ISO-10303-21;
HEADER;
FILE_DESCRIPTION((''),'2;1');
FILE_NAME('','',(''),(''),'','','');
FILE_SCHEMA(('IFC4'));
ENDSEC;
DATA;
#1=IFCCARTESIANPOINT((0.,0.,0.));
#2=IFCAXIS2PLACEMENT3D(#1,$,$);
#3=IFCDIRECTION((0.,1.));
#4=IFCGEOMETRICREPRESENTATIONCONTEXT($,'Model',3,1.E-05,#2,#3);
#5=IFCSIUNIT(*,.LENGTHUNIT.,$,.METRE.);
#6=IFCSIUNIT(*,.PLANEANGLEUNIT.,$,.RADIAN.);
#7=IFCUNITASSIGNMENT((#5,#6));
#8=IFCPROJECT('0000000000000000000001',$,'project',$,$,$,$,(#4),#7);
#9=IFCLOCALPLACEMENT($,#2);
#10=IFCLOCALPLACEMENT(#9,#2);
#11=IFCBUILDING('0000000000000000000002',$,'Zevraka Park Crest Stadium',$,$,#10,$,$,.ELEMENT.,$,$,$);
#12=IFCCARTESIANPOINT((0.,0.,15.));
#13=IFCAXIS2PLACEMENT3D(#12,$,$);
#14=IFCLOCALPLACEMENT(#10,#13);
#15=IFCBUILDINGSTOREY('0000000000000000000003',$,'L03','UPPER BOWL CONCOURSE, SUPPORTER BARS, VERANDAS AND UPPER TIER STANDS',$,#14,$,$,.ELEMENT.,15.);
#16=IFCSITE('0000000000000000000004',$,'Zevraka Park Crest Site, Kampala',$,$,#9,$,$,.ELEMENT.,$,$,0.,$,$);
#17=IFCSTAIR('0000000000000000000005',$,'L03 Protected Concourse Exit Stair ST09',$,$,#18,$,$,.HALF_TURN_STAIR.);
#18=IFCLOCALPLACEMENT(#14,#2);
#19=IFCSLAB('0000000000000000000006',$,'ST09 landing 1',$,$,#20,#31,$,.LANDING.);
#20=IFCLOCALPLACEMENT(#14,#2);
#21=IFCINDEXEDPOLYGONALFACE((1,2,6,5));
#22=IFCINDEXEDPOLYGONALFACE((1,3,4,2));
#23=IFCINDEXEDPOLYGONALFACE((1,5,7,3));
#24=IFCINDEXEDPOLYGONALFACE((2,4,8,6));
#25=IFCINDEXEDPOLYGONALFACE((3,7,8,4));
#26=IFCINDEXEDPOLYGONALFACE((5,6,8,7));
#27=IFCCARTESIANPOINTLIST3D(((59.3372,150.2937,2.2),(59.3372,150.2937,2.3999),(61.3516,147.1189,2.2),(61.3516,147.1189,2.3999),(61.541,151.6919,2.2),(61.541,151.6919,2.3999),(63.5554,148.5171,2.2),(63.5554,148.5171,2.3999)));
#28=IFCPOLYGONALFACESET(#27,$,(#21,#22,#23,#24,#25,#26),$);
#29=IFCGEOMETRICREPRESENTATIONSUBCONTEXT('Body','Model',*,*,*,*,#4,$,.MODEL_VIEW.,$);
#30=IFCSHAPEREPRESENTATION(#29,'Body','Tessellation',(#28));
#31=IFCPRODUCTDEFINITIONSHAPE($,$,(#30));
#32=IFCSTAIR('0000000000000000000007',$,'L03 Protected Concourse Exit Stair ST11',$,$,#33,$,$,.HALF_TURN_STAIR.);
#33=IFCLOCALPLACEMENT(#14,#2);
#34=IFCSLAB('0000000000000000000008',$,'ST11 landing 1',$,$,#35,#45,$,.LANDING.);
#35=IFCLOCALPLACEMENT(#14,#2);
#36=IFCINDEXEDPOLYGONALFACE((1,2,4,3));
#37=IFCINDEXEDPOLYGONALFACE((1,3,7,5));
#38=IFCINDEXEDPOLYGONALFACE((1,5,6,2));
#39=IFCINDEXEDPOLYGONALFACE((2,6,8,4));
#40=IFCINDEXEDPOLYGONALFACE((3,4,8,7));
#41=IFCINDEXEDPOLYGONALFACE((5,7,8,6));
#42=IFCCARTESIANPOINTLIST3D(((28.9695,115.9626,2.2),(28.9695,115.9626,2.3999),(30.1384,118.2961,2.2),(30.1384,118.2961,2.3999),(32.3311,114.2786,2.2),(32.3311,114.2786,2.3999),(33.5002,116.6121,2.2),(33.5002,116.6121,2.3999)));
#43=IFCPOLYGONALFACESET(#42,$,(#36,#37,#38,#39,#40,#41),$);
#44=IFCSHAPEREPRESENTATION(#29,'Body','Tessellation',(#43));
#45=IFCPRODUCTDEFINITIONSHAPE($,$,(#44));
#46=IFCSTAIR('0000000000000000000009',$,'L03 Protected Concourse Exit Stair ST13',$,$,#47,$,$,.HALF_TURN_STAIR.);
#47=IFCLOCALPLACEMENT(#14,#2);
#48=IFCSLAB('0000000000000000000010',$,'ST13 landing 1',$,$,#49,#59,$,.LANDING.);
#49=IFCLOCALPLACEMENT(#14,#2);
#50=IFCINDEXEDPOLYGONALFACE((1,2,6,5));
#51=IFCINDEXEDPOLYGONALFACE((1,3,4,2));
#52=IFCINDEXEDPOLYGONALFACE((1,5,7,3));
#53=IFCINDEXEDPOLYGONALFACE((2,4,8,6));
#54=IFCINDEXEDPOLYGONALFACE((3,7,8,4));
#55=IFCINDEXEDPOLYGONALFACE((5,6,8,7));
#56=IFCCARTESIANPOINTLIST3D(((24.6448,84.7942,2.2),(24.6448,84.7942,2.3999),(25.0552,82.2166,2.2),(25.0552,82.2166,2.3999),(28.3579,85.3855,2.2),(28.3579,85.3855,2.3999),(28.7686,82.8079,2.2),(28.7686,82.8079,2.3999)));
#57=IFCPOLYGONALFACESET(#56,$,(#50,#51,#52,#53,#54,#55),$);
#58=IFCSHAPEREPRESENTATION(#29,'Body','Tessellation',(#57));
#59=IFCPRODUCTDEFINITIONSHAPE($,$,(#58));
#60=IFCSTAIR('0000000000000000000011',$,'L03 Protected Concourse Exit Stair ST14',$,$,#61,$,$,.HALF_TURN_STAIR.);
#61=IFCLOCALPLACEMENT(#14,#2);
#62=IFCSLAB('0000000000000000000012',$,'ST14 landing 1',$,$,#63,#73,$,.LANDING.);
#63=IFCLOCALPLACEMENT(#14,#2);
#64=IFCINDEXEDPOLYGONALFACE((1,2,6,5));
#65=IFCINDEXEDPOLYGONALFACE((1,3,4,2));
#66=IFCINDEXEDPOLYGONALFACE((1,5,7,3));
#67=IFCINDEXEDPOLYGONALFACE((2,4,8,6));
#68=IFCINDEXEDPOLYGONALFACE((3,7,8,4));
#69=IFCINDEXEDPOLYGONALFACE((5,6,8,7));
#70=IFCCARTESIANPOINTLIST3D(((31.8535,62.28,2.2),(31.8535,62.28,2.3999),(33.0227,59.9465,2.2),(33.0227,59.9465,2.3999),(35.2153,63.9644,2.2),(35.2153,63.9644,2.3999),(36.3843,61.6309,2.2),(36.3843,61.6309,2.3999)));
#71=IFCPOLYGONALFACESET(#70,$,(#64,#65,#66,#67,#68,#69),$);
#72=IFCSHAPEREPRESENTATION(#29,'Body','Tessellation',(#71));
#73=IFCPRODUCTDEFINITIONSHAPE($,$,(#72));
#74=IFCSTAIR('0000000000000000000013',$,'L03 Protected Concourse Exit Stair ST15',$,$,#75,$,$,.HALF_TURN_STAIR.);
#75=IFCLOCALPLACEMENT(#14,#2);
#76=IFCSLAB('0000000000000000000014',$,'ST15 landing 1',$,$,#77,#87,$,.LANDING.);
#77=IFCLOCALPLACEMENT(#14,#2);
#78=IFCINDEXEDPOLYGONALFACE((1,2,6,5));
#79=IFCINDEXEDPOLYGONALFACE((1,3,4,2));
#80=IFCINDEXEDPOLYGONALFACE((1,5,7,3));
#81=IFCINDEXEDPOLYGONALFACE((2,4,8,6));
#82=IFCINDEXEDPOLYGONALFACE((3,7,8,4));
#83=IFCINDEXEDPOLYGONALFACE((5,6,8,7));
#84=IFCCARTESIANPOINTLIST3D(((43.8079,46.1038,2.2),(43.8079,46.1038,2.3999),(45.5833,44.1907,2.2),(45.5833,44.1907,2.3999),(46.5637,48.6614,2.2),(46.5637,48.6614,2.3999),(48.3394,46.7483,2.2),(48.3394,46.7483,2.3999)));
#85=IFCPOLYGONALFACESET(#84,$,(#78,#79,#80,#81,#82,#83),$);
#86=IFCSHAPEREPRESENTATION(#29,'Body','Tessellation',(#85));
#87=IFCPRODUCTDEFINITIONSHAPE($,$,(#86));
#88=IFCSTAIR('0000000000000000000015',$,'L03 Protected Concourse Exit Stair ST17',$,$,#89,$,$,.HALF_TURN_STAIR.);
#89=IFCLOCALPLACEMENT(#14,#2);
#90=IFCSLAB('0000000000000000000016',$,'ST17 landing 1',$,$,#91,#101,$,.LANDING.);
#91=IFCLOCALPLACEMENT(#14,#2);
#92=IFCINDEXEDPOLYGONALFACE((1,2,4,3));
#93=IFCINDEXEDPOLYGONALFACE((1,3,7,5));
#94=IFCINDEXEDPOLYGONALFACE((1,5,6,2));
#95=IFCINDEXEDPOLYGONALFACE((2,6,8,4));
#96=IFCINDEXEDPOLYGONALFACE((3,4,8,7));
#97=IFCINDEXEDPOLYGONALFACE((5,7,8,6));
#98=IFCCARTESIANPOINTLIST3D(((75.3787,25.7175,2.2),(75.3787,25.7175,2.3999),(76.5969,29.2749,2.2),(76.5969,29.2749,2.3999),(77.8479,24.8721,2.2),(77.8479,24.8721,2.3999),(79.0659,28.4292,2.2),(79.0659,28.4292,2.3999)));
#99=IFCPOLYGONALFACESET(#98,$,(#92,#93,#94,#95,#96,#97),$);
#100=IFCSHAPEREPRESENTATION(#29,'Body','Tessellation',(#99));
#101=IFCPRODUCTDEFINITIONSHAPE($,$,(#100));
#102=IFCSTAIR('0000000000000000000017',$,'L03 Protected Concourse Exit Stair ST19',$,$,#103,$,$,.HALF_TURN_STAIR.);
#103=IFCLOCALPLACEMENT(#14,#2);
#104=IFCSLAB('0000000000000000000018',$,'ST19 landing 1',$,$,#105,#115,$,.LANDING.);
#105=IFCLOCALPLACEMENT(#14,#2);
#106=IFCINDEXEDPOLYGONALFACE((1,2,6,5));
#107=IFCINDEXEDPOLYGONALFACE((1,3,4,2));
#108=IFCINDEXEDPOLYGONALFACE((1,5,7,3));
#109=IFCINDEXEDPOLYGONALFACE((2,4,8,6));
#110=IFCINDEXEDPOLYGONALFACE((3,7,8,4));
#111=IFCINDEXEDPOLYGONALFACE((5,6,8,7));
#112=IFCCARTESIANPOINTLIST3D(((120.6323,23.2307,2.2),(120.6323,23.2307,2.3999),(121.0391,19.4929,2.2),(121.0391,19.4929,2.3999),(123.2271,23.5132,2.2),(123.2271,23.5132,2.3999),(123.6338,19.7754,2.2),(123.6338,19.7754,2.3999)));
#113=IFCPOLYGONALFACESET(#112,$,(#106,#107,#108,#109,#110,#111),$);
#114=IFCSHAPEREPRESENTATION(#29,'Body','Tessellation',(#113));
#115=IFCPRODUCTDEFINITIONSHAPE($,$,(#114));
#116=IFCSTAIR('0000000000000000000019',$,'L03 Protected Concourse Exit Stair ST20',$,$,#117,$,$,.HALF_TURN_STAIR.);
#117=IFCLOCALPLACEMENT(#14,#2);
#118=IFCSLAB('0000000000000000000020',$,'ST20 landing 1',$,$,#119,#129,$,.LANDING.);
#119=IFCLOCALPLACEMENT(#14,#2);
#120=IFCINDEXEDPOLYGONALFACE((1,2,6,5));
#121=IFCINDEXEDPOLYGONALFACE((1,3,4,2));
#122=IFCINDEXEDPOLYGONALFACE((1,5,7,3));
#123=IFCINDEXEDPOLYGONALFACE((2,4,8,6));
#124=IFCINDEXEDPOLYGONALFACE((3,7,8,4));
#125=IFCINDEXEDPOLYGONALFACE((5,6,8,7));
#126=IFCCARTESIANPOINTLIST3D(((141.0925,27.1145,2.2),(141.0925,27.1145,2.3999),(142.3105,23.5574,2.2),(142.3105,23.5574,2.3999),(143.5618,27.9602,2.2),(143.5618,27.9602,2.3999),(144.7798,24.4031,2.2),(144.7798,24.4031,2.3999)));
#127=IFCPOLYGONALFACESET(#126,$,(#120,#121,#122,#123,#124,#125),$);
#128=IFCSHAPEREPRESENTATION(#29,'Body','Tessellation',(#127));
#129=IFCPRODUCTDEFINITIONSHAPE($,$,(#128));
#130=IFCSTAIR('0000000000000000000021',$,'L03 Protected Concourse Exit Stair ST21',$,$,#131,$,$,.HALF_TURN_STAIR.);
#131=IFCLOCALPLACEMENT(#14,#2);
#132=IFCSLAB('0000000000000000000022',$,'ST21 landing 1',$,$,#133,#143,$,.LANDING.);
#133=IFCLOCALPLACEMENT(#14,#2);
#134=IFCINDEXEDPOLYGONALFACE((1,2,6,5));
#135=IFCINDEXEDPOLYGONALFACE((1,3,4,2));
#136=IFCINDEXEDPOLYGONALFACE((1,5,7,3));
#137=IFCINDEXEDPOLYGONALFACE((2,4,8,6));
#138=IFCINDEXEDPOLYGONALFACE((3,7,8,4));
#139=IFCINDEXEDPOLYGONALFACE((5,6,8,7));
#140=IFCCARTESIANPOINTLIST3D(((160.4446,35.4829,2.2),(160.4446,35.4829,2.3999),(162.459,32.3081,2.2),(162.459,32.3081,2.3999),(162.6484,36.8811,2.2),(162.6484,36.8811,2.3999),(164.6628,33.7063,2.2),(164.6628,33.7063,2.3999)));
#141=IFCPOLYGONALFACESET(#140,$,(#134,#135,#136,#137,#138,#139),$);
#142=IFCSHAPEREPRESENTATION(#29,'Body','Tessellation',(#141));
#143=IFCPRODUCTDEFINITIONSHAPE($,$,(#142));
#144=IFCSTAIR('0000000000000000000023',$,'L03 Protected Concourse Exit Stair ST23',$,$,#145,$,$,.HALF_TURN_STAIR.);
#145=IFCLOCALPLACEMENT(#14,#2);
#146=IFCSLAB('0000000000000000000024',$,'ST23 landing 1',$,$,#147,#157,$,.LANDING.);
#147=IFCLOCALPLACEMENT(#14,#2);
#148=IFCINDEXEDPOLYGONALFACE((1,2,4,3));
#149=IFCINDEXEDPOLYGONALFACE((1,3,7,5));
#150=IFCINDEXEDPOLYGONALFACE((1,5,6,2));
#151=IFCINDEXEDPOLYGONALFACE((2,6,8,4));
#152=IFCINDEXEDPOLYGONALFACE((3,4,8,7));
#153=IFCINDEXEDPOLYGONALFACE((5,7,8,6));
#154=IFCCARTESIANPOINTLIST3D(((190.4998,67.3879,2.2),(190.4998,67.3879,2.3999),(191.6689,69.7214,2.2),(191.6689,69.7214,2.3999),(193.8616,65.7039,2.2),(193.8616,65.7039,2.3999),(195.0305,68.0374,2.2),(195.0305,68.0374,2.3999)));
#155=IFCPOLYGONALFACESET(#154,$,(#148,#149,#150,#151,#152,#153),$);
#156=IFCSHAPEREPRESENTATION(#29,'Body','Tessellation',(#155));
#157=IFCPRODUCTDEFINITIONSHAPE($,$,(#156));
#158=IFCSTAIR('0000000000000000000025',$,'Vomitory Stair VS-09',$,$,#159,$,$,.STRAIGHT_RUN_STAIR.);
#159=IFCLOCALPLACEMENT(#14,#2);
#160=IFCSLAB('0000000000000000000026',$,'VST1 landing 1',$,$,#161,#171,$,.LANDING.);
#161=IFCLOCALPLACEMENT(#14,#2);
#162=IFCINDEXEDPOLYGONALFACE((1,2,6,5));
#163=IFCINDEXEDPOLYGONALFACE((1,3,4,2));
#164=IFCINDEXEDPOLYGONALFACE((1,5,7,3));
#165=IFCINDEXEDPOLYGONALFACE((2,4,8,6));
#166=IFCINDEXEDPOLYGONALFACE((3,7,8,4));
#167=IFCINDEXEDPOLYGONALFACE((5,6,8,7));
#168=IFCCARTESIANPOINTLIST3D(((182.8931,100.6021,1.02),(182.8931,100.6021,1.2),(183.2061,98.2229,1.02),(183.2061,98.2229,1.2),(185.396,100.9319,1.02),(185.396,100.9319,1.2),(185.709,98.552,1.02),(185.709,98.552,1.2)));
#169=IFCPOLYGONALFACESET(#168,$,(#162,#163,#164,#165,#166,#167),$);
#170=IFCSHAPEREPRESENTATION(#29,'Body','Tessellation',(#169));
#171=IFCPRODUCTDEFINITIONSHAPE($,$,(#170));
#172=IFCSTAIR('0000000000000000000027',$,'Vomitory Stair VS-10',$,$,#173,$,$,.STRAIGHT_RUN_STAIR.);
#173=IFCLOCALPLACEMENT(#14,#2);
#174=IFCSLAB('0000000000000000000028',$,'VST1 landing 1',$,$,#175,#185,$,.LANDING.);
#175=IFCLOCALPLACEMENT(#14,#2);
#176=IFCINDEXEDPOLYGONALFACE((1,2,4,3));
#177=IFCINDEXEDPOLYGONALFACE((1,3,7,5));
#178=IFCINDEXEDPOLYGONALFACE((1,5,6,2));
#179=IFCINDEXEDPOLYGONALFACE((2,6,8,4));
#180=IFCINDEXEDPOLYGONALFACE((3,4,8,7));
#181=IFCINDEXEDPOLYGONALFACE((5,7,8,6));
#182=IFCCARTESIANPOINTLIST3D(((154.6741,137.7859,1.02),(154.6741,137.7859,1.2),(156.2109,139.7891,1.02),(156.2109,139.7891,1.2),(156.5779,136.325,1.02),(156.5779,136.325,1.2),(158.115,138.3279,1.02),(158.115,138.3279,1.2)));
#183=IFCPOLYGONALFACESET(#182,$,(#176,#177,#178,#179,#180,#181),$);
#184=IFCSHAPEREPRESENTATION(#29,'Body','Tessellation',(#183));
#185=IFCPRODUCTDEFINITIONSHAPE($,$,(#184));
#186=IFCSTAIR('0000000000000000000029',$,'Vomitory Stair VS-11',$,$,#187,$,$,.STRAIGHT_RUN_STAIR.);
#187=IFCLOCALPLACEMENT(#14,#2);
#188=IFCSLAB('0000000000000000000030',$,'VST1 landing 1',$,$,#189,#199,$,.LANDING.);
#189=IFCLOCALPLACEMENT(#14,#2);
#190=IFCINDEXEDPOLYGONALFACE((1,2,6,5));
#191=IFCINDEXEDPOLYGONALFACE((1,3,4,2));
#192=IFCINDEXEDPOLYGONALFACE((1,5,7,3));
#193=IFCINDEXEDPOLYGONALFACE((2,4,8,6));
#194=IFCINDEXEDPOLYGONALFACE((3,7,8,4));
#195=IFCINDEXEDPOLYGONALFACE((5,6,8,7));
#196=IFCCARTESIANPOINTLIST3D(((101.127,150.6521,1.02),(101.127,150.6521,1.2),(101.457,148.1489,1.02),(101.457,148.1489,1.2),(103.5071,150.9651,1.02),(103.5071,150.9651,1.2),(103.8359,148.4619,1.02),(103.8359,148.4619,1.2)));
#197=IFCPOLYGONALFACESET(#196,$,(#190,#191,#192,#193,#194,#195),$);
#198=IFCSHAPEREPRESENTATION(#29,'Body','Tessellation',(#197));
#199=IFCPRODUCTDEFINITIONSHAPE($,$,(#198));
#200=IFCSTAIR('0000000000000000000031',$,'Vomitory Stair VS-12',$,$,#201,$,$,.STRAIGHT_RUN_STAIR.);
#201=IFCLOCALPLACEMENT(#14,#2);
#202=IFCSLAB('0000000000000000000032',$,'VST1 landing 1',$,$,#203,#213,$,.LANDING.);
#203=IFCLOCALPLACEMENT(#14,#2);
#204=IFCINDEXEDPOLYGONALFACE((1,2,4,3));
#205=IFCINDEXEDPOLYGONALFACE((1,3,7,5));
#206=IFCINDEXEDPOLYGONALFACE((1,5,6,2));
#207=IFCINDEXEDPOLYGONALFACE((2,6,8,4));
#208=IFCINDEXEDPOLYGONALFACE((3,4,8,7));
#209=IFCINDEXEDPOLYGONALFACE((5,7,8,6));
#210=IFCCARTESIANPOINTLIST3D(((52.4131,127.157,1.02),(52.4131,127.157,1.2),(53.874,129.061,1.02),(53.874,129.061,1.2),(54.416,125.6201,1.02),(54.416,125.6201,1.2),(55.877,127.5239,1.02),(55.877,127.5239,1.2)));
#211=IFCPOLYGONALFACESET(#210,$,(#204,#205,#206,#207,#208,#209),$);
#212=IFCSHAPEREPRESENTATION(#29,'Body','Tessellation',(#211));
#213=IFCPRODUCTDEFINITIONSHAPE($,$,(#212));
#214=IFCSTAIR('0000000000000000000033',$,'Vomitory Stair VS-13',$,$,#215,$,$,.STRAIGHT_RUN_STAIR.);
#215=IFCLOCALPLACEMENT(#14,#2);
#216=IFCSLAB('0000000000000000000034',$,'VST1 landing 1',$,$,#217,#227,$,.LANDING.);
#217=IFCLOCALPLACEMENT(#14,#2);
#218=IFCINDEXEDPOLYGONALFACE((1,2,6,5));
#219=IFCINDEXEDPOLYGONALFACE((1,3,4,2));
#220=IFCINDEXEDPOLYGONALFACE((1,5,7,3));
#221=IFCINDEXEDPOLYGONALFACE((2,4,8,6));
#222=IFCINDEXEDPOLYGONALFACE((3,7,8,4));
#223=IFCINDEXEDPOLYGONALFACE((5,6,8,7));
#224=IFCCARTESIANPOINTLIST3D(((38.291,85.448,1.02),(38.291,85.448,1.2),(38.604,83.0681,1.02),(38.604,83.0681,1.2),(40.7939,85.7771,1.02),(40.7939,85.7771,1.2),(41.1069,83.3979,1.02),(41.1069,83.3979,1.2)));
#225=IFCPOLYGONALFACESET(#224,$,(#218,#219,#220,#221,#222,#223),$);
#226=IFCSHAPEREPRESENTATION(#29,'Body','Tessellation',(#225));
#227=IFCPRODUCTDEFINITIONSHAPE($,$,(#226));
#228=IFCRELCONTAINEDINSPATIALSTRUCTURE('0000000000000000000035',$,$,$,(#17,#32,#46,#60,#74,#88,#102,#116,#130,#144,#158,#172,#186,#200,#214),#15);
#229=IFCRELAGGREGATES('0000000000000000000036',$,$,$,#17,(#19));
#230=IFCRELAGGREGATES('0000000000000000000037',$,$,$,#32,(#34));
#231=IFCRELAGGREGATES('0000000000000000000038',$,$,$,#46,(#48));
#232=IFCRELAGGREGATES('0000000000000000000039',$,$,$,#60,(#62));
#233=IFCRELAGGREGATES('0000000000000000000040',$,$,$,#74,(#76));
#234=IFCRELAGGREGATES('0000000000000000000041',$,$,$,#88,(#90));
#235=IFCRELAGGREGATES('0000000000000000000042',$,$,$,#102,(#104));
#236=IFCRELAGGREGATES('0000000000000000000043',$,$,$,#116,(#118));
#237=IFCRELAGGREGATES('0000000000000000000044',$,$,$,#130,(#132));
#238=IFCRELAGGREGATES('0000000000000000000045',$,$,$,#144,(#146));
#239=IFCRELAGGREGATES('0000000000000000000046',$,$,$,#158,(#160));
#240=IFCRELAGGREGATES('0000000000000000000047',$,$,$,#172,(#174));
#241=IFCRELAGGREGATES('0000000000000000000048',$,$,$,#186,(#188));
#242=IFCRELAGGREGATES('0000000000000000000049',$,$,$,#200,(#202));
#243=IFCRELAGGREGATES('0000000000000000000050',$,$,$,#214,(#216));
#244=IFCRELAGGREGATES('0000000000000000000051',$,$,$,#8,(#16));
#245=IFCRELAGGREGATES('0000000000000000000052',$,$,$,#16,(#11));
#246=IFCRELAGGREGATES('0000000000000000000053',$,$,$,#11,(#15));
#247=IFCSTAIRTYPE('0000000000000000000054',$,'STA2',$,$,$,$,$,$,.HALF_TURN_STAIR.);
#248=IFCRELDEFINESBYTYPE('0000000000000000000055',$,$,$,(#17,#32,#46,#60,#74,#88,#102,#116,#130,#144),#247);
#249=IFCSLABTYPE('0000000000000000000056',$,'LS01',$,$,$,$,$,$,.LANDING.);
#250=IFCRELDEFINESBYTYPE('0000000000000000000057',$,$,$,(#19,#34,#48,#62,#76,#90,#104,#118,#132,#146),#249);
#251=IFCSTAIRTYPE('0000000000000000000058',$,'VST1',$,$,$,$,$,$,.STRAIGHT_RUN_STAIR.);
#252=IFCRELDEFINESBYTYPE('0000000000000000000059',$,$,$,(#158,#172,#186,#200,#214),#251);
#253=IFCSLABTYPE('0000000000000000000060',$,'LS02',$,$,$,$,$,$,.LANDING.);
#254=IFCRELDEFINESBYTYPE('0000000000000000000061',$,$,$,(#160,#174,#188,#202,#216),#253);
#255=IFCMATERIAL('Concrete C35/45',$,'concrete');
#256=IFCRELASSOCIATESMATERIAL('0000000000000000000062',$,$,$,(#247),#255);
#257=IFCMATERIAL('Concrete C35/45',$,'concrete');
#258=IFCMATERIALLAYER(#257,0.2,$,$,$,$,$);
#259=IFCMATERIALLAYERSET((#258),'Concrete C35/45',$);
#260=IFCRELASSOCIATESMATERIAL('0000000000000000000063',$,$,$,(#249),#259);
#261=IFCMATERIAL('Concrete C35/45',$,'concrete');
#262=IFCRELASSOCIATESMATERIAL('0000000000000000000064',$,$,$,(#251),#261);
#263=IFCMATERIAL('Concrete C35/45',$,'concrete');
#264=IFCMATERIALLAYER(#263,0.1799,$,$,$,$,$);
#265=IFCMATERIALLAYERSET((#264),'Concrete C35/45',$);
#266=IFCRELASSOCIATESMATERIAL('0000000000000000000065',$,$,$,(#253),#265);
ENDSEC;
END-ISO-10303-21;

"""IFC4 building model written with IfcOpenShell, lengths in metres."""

from ifc_helpers import new_model, si_unit, direction, frame, origin, place, context, subcontext, project, spatial, polyline, outline, extrude, material, layer, layer_set, type_object, element, aggregate, save


model = new_model("IFC4")

# Units and contexts
model_context = context("Model", 3, precision=1e-05, world=origin(), true_north=direction((0.0, 1.0)))
body_context = subcontext(model_context, "Body", "Model", "MODEL_VIEW")
ifc_project = project(units=[si_unit("LENGTHUNIT", "METRE"), si_unit("PLANEANGLEUNIT", "RADIAN")], contexts=[model_context])

# Site, building, storey
site_placement = place(None, origin())
site = spatial("IfcSite", under=ifc_project, at=site_placement, Name="Zevraka Park Crest Site, Kampala", CompositionType="ELEMENT", RefElevation=0.0)
building_placement = place(site_placement, origin())
building = spatial("IfcBuilding", under=site, at=building_placement, Name="Zevraka Park Crest Stadium", CompositionType="ELEMENT")
storey_placement = place(building_placement, frame((0.0, 0.0, 15.0)))
storey = spatial("IfcBuildingStorey", under=building, at=storey_placement, Name="L03", Description="UPPER BOWL CONCOURSE, SUPPORTER BARS, VERANDAS AND UPPER TIER STANDS", CompositionType="ELEMENT", Elevation=15.0)

# Stairs, slabs
ifc_material_1 = material(Name="Concrete C35/45", Category="concrete")
stair_type_1 = type_object("IfcStairType", Name="STA2", PredefinedType="HALF_TURN_STAIR", material=ifc_material_1)
ifc_material_2 = material(Name="Concrete C35/45", Category="concrete")
ifc_layer_1 = layer(ifc_material_2, 0.2)
ifc_layer_set_1 = layer_set([ifc_layer_1], Name="Concrete C35/45")
slab_type_1 = type_object("IfcSlabType", Name="LS01", PredefinedType="LANDING", material=ifc_layer_set_1)
stair_1_placement = place(storey_placement, origin())
stair_1 = element("IfcStair", 1, at=stair_1_placement, inside=storey, type_object=stair_type_1, Name="L03 Protected Concourse Exit Stair ST09", PredefinedType="HALF_TURN_STAIR")
slab_1_placement = place(storey_placement, frame((0.0, 0.0, 2.2)))
slab_1 = element("IfcSlab", 2, at=slab_1_placement, type_object=slab_type_1, Name="ST09 landing 1", PredefinedType="LANDING", context=body_context, shape_type="SweptSolid", body=[
    extrude(outline(polyline([(61.541, 151.6919), (59.3372, 150.2937), (61.3516, 147.1189), (63.5554, 148.5171), (61.541, 151.6919)])), origin(), (0.0, 0.0, 1.0), 0.2),
])
aggregate(stair_1, [slab_1])
stair_2_placement = place(storey_placement, origin())
stair_2 = element("IfcStair", 3, at=stair_2_placement, inside=storey, type_object=stair_type_1, Name="L03 Protected Concourse Exit Stair ST11", PredefinedType="HALF_TURN_STAIR")
slab_2_placement = place(storey_placement, frame((0.0, 0.0, 2.2)))
slab_2 = element("IfcSlab", 4, at=slab_2_placement, type_object=slab_type_1, Name="ST11 landing 1", PredefinedType="LANDING", context=body_context, shape_type="SweptSolid", body=[
    extrude(outline(polyline([(30.1384, 118.2961), (28.9695, 115.9626), (32.3311, 114.2786), (33.5002, 116.6121), (30.1384, 118.2961)])), origin(), (0.0, 0.0, 1.0), 0.2),
])
aggregate(stair_2, [slab_2])
stair_3_placement = place(storey_placement, origin())
stair_3 = element("IfcStair", 5, at=stair_3_placement, inside=storey, type_object=stair_type_1, Name="L03 Protected Concourse Exit Stair ST13", PredefinedType="HALF_TURN_STAIR")
slab_3_placement = place(storey_placement, frame((0.0, 0.0, 2.2)))
slab_3 = element("IfcSlab", 6, at=slab_3_placement, type_object=slab_type_1, Name="ST13 landing 1", PredefinedType="LANDING", context=body_context, shape_type="SweptSolid", body=[
    extrude(outline(polyline([(24.6448, 84.7942), (25.0552, 82.2166), (28.7686, 82.8079), (28.3579, 85.3855), (24.6448, 84.7942)])), origin(), (0.0, 0.0, 1.0), 0.2),
])
aggregate(stair_3, [slab_3])
stair_4_placement = place(storey_placement, origin())
stair_4 = element("IfcStair", 7, at=stair_4_placement, inside=storey, type_object=stair_type_1, Name="L03 Protected Concourse Exit Stair ST14", PredefinedType="HALF_TURN_STAIR")
slab_4_placement = place(storey_placement, frame((0.0, 0.0, 2.2)))
slab_4 = element("IfcSlab", 8, at=slab_4_placement, type_object=slab_type_1, Name="ST14 landing 1", PredefinedType="LANDING", context=body_context, shape_type="SweptSolid", body=[
    extrude(outline(polyline([(31.8535, 62.28), (33.0227, 59.9465), (36.3843, 61.6309), (35.2153, 63.9644), (31.8535, 62.28)])), origin(), (0.0, 0.0, 1.0), 0.2),
])
aggregate(stair_4, [slab_4])
stair_5_placement = place(storey_placement, origin())
stair_5 = element("IfcStair", 9, at=stair_5_placement, inside=storey, type_object=stair_type_1, Name="L03 Protected Concourse Exit Stair ST15", PredefinedType="HALF_TURN_STAIR")
slab_5_placement = place(storey_placement, frame((0.0, 0.0, 2.2)))
slab_5 = element("IfcSlab", 10, at=slab_5_placement, type_object=slab_type_1, Name="ST15 landing 1", PredefinedType="LANDING", context=body_context, shape_type="SweptSolid", body=[
    extrude(outline(polyline([(43.8079, 46.1038), (45.5833, 44.1907), (48.3394, 46.7483), (46.5637, 48.6614), (43.8079, 46.1038)])), origin(), (0.0, 0.0, 1.0), 0.2),
])
aggregate(stair_5, [slab_5])
stair_6_placement = place(storey_placement, origin())
stair_6 = element("IfcStair", 11, at=stair_6_placement, inside=storey, type_object=stair_type_1, Name="L03 Protected Concourse Exit Stair ST17", PredefinedType="HALF_TURN_STAIR")
slab_6_placement = place(storey_placement, frame((0.0, 0.0, 2.2)))
slab_6 = element("IfcSlab", 12, at=slab_6_placement, type_object=slab_type_1, Name="ST17 landing 1", PredefinedType="LANDING", context=body_context, shape_type="SweptSolid", body=[
    extrude(outline(polyline([(75.3787, 25.7175), (77.8479, 24.8721), (79.0659, 28.4292), (76.5969, 29.2749), (75.3787, 25.7175)])), origin(), (0.0, 0.0, 1.0), 0.2),
])
aggregate(stair_6, [slab_6])
stair_7_placement = place(storey_placement, origin())
stair_7 = element("IfcStair", 13, at=stair_7_placement, inside=storey, type_object=stair_type_1, Name="L03 Protected Concourse Exit Stair ST19", PredefinedType="HALF_TURN_STAIR")
slab_7_placement = place(storey_placement, frame((0.0, 0.0, 2.2)))
slab_7 = element("IfcSlab", 14, at=slab_7_placement, type_object=slab_type_1, Name="ST19 landing 1", PredefinedType="LANDING", context=body_context, shape_type="SweptSolid", body=[
    extrude(outline(polyline([(121.0391, 19.4929), (123.6338, 19.7754), (123.2271, 23.5132), (120.6323, 23.2307), (121.0391, 19.4929)])), origin(), (0.0, 0.0, 1.0), 0.2),
])
aggregate(stair_7, [slab_7])
stair_8_placement = place(storey_placement, origin())
stair_8 = element("IfcStair", 15, at=stair_8_placement, inside=storey, type_object=stair_type_1, Name="L03 Protected Concourse Exit Stair ST20", PredefinedType="HALF_TURN_STAIR")
slab_8_placement = place(storey_placement, frame((0.0, 0.0, 2.2)))
slab_8 = element("IfcSlab", 16, at=slab_8_placement, type_object=slab_type_1, Name="ST20 landing 1", PredefinedType="LANDING", context=body_context, shape_type="SweptSolid", body=[
    extrude(outline(polyline([(142.3105, 23.5574), (144.7798, 24.4031), (143.5618, 27.9602), (141.0925, 27.1145), (142.3105, 23.5574)])), origin(), (0.0, 0.0, 1.0), 0.2),
])
aggregate(stair_8, [slab_8])
stair_9_placement = place(storey_placement, origin())
stair_9 = element("IfcStair", 17, at=stair_9_placement, inside=storey, type_object=stair_type_1, Name="L03 Protected Concourse Exit Stair ST21", PredefinedType="HALF_TURN_STAIR")
slab_9_placement = place(storey_placement, frame((0.0, 0.0, 2.2)))
slab_9 = element("IfcSlab", 18, at=slab_9_placement, type_object=slab_type_1, Name="ST21 landing 1", PredefinedType="LANDING", context=body_context, shape_type="SweptSolid", body=[
    extrude(outline(polyline([(162.459, 32.3081), (164.6628, 33.7063), (162.6484, 36.8811), (160.4446, 35.4829), (162.459, 32.3081)])), origin(), (0.0, 0.0, 1.0), 0.2),
])
aggregate(stair_9, [slab_9])
stair_10_placement = place(storey_placement, origin())
stair_10 = element("IfcStair", 19, at=stair_10_placement, inside=storey, type_object=stair_type_1, Name="L03 Protected Concourse Exit Stair ST23", PredefinedType="HALF_TURN_STAIR")
slab_10_placement = place(storey_placement, frame((0.0, 0.0, 2.2)))
slab_10 = element("IfcSlab", 20, at=slab_10_placement, type_object=slab_type_1, Name="ST23 landing 1", PredefinedType="LANDING", context=body_context, shape_type="SweptSolid", body=[
    extrude(outline(polyline([(193.8616, 65.7039), (195.0305, 68.0374), (191.6689, 69.7214), (190.4998, 67.3879), (193.8616, 65.7039)])), origin(), (0.0, 0.0, 1.0), 0.2),
])
aggregate(stair_10, [slab_10])
ifc_material_3 = material(Name="Concrete C35/45", Category="concrete")
stair_type_2 = type_object("IfcStairType", Name="VST1", PredefinedType="STRAIGHT_RUN_STAIR", material=ifc_material_3)
stair_11_placement = place(storey_placement, origin())
stair_11 = element("IfcStair", 21, at=stair_11_placement, inside=storey, type_object=stair_type_2, Name="Vomitory Stair VS-09", PredefinedType="STRAIGHT_RUN_STAIR")
ifc_material_4 = material(Name="Concrete C35/45", Category="concrete")
ifc_layer_2 = layer(ifc_material_4, 0.1799)
ifc_layer_set_2 = layer_set([ifc_layer_2], Name="Concrete C35/45")
slab_type_2 = type_object("IfcSlabType", Name="LS02", PredefinedType="LANDING", material=ifc_layer_set_2)
slab_11_placement = place(storey_placement, frame((0.0, 0.0, 1.02)))
slab_11 = element("IfcSlab", 22, at=slab_11_placement, type_object=slab_type_2, Name="VST1 landing 1", PredefinedType="LANDING", context=body_context, shape_type="SweptSolid", body=[
    extrude(outline(polyline([(185.396, 100.9319), (182.8931, 100.6021), (183.2061, 98.2229), (185.709, 98.552), (185.396, 100.9319)])), origin(), (0.0, 0.0, 1.0), 0.1799),
])
aggregate(stair_11, [slab_11])
stair_12_placement = place(storey_placement, origin())
stair_12 = element("IfcStair", 23, at=stair_12_placement, inside=storey, type_object=stair_type_2, Name="Vomitory Stair VS-10", PredefinedType="STRAIGHT_RUN_STAIR")
slab_12_placement = place(storey_placement, frame((0.0, 0.0, 1.02)))
slab_12 = element("IfcSlab", 24, at=slab_12_placement, type_object=slab_type_2, Name="VST1 landing 1", PredefinedType="LANDING", context=body_context, shape_type="SweptSolid", body=[
    extrude(outline(polyline([(156.2109, 139.7891), (154.6741, 137.7859), (156.5779, 136.325), (158.115, 138.3279), (156.2109, 139.7891)])), origin(), (0.0, 0.0, 1.0), 0.1799),
])
aggregate(stair_12, [slab_12])
stair_13_placement = place(storey_placement, origin())
stair_13 = element("IfcStair", 25, at=stair_13_placement, inside=storey, type_object=stair_type_2, Name="Vomitory Stair VS-11", PredefinedType="STRAIGHT_RUN_STAIR")
slab_13_placement = place(storey_placement, frame((0.0, 0.0, 1.02)))
slab_13 = element("IfcSlab", 26, at=slab_13_placement, type_object=slab_type_2, Name="VST1 landing 1", PredefinedType="LANDING", context=body_context, shape_type="SweptSolid", body=[
    extrude(outline(polyline([(101.127, 150.6521), (101.457, 148.1489), (103.8359, 148.4619), (103.5071, 150.9651), (101.127, 150.6521)])), origin(), (0.0, 0.0, 1.0), 0.1799),
])
aggregate(stair_13, [slab_13])
stair_14_placement = place(storey_placement, origin())
stair_14 = element("IfcStair", 27, at=stair_14_placement, inside=storey, type_object=stair_type_2, Name="Vomitory Stair VS-12", PredefinedType="STRAIGHT_RUN_STAIR")
slab_14_placement = place(storey_placement, frame((0.0, 0.0, 1.02)))
slab_14 = element("IfcSlab", 28, at=slab_14_placement, type_object=slab_type_2, Name="VST1 landing 1", PredefinedType="LANDING", context=body_context, shape_type="SweptSolid", body=[
    extrude(outline(polyline([(52.4131, 127.157), (54.416, 125.6201), (55.877, 127.5239), (53.874, 129.061), (52.4131, 127.157)])), origin(), (0.0, 0.0, 1.0), 0.1799),
])
aggregate(stair_14, [slab_14])
stair_15_placement = place(storey_placement, origin())
stair_15 = element("IfcStair", 29, at=stair_15_placement, inside=storey, type_object=stair_type_2, Name="Vomitory Stair VS-13", PredefinedType="STRAIGHT_RUN_STAIR")
slab_15_placement = place(storey_placement, frame((0.0, 0.0, 1.02)))
slab_15 = element("IfcSlab", 30, at=slab_15_placement, type_object=slab_type_2, Name="VST1 landing 1", PredefinedType="LANDING", context=body_context, shape_type="SweptSolid", body=[
    extrude(outline(polyline([(38.604, 83.0681), (41.1069, 83.3979), (40.7939, 85.7771), (38.291, 85.448), (38.604, 83.0681)])), origin(), (0.0, 0.0, 1.0), 0.1799),
])
aggregate(stair_15, [slab_15])

save(model, "model.ifc")
